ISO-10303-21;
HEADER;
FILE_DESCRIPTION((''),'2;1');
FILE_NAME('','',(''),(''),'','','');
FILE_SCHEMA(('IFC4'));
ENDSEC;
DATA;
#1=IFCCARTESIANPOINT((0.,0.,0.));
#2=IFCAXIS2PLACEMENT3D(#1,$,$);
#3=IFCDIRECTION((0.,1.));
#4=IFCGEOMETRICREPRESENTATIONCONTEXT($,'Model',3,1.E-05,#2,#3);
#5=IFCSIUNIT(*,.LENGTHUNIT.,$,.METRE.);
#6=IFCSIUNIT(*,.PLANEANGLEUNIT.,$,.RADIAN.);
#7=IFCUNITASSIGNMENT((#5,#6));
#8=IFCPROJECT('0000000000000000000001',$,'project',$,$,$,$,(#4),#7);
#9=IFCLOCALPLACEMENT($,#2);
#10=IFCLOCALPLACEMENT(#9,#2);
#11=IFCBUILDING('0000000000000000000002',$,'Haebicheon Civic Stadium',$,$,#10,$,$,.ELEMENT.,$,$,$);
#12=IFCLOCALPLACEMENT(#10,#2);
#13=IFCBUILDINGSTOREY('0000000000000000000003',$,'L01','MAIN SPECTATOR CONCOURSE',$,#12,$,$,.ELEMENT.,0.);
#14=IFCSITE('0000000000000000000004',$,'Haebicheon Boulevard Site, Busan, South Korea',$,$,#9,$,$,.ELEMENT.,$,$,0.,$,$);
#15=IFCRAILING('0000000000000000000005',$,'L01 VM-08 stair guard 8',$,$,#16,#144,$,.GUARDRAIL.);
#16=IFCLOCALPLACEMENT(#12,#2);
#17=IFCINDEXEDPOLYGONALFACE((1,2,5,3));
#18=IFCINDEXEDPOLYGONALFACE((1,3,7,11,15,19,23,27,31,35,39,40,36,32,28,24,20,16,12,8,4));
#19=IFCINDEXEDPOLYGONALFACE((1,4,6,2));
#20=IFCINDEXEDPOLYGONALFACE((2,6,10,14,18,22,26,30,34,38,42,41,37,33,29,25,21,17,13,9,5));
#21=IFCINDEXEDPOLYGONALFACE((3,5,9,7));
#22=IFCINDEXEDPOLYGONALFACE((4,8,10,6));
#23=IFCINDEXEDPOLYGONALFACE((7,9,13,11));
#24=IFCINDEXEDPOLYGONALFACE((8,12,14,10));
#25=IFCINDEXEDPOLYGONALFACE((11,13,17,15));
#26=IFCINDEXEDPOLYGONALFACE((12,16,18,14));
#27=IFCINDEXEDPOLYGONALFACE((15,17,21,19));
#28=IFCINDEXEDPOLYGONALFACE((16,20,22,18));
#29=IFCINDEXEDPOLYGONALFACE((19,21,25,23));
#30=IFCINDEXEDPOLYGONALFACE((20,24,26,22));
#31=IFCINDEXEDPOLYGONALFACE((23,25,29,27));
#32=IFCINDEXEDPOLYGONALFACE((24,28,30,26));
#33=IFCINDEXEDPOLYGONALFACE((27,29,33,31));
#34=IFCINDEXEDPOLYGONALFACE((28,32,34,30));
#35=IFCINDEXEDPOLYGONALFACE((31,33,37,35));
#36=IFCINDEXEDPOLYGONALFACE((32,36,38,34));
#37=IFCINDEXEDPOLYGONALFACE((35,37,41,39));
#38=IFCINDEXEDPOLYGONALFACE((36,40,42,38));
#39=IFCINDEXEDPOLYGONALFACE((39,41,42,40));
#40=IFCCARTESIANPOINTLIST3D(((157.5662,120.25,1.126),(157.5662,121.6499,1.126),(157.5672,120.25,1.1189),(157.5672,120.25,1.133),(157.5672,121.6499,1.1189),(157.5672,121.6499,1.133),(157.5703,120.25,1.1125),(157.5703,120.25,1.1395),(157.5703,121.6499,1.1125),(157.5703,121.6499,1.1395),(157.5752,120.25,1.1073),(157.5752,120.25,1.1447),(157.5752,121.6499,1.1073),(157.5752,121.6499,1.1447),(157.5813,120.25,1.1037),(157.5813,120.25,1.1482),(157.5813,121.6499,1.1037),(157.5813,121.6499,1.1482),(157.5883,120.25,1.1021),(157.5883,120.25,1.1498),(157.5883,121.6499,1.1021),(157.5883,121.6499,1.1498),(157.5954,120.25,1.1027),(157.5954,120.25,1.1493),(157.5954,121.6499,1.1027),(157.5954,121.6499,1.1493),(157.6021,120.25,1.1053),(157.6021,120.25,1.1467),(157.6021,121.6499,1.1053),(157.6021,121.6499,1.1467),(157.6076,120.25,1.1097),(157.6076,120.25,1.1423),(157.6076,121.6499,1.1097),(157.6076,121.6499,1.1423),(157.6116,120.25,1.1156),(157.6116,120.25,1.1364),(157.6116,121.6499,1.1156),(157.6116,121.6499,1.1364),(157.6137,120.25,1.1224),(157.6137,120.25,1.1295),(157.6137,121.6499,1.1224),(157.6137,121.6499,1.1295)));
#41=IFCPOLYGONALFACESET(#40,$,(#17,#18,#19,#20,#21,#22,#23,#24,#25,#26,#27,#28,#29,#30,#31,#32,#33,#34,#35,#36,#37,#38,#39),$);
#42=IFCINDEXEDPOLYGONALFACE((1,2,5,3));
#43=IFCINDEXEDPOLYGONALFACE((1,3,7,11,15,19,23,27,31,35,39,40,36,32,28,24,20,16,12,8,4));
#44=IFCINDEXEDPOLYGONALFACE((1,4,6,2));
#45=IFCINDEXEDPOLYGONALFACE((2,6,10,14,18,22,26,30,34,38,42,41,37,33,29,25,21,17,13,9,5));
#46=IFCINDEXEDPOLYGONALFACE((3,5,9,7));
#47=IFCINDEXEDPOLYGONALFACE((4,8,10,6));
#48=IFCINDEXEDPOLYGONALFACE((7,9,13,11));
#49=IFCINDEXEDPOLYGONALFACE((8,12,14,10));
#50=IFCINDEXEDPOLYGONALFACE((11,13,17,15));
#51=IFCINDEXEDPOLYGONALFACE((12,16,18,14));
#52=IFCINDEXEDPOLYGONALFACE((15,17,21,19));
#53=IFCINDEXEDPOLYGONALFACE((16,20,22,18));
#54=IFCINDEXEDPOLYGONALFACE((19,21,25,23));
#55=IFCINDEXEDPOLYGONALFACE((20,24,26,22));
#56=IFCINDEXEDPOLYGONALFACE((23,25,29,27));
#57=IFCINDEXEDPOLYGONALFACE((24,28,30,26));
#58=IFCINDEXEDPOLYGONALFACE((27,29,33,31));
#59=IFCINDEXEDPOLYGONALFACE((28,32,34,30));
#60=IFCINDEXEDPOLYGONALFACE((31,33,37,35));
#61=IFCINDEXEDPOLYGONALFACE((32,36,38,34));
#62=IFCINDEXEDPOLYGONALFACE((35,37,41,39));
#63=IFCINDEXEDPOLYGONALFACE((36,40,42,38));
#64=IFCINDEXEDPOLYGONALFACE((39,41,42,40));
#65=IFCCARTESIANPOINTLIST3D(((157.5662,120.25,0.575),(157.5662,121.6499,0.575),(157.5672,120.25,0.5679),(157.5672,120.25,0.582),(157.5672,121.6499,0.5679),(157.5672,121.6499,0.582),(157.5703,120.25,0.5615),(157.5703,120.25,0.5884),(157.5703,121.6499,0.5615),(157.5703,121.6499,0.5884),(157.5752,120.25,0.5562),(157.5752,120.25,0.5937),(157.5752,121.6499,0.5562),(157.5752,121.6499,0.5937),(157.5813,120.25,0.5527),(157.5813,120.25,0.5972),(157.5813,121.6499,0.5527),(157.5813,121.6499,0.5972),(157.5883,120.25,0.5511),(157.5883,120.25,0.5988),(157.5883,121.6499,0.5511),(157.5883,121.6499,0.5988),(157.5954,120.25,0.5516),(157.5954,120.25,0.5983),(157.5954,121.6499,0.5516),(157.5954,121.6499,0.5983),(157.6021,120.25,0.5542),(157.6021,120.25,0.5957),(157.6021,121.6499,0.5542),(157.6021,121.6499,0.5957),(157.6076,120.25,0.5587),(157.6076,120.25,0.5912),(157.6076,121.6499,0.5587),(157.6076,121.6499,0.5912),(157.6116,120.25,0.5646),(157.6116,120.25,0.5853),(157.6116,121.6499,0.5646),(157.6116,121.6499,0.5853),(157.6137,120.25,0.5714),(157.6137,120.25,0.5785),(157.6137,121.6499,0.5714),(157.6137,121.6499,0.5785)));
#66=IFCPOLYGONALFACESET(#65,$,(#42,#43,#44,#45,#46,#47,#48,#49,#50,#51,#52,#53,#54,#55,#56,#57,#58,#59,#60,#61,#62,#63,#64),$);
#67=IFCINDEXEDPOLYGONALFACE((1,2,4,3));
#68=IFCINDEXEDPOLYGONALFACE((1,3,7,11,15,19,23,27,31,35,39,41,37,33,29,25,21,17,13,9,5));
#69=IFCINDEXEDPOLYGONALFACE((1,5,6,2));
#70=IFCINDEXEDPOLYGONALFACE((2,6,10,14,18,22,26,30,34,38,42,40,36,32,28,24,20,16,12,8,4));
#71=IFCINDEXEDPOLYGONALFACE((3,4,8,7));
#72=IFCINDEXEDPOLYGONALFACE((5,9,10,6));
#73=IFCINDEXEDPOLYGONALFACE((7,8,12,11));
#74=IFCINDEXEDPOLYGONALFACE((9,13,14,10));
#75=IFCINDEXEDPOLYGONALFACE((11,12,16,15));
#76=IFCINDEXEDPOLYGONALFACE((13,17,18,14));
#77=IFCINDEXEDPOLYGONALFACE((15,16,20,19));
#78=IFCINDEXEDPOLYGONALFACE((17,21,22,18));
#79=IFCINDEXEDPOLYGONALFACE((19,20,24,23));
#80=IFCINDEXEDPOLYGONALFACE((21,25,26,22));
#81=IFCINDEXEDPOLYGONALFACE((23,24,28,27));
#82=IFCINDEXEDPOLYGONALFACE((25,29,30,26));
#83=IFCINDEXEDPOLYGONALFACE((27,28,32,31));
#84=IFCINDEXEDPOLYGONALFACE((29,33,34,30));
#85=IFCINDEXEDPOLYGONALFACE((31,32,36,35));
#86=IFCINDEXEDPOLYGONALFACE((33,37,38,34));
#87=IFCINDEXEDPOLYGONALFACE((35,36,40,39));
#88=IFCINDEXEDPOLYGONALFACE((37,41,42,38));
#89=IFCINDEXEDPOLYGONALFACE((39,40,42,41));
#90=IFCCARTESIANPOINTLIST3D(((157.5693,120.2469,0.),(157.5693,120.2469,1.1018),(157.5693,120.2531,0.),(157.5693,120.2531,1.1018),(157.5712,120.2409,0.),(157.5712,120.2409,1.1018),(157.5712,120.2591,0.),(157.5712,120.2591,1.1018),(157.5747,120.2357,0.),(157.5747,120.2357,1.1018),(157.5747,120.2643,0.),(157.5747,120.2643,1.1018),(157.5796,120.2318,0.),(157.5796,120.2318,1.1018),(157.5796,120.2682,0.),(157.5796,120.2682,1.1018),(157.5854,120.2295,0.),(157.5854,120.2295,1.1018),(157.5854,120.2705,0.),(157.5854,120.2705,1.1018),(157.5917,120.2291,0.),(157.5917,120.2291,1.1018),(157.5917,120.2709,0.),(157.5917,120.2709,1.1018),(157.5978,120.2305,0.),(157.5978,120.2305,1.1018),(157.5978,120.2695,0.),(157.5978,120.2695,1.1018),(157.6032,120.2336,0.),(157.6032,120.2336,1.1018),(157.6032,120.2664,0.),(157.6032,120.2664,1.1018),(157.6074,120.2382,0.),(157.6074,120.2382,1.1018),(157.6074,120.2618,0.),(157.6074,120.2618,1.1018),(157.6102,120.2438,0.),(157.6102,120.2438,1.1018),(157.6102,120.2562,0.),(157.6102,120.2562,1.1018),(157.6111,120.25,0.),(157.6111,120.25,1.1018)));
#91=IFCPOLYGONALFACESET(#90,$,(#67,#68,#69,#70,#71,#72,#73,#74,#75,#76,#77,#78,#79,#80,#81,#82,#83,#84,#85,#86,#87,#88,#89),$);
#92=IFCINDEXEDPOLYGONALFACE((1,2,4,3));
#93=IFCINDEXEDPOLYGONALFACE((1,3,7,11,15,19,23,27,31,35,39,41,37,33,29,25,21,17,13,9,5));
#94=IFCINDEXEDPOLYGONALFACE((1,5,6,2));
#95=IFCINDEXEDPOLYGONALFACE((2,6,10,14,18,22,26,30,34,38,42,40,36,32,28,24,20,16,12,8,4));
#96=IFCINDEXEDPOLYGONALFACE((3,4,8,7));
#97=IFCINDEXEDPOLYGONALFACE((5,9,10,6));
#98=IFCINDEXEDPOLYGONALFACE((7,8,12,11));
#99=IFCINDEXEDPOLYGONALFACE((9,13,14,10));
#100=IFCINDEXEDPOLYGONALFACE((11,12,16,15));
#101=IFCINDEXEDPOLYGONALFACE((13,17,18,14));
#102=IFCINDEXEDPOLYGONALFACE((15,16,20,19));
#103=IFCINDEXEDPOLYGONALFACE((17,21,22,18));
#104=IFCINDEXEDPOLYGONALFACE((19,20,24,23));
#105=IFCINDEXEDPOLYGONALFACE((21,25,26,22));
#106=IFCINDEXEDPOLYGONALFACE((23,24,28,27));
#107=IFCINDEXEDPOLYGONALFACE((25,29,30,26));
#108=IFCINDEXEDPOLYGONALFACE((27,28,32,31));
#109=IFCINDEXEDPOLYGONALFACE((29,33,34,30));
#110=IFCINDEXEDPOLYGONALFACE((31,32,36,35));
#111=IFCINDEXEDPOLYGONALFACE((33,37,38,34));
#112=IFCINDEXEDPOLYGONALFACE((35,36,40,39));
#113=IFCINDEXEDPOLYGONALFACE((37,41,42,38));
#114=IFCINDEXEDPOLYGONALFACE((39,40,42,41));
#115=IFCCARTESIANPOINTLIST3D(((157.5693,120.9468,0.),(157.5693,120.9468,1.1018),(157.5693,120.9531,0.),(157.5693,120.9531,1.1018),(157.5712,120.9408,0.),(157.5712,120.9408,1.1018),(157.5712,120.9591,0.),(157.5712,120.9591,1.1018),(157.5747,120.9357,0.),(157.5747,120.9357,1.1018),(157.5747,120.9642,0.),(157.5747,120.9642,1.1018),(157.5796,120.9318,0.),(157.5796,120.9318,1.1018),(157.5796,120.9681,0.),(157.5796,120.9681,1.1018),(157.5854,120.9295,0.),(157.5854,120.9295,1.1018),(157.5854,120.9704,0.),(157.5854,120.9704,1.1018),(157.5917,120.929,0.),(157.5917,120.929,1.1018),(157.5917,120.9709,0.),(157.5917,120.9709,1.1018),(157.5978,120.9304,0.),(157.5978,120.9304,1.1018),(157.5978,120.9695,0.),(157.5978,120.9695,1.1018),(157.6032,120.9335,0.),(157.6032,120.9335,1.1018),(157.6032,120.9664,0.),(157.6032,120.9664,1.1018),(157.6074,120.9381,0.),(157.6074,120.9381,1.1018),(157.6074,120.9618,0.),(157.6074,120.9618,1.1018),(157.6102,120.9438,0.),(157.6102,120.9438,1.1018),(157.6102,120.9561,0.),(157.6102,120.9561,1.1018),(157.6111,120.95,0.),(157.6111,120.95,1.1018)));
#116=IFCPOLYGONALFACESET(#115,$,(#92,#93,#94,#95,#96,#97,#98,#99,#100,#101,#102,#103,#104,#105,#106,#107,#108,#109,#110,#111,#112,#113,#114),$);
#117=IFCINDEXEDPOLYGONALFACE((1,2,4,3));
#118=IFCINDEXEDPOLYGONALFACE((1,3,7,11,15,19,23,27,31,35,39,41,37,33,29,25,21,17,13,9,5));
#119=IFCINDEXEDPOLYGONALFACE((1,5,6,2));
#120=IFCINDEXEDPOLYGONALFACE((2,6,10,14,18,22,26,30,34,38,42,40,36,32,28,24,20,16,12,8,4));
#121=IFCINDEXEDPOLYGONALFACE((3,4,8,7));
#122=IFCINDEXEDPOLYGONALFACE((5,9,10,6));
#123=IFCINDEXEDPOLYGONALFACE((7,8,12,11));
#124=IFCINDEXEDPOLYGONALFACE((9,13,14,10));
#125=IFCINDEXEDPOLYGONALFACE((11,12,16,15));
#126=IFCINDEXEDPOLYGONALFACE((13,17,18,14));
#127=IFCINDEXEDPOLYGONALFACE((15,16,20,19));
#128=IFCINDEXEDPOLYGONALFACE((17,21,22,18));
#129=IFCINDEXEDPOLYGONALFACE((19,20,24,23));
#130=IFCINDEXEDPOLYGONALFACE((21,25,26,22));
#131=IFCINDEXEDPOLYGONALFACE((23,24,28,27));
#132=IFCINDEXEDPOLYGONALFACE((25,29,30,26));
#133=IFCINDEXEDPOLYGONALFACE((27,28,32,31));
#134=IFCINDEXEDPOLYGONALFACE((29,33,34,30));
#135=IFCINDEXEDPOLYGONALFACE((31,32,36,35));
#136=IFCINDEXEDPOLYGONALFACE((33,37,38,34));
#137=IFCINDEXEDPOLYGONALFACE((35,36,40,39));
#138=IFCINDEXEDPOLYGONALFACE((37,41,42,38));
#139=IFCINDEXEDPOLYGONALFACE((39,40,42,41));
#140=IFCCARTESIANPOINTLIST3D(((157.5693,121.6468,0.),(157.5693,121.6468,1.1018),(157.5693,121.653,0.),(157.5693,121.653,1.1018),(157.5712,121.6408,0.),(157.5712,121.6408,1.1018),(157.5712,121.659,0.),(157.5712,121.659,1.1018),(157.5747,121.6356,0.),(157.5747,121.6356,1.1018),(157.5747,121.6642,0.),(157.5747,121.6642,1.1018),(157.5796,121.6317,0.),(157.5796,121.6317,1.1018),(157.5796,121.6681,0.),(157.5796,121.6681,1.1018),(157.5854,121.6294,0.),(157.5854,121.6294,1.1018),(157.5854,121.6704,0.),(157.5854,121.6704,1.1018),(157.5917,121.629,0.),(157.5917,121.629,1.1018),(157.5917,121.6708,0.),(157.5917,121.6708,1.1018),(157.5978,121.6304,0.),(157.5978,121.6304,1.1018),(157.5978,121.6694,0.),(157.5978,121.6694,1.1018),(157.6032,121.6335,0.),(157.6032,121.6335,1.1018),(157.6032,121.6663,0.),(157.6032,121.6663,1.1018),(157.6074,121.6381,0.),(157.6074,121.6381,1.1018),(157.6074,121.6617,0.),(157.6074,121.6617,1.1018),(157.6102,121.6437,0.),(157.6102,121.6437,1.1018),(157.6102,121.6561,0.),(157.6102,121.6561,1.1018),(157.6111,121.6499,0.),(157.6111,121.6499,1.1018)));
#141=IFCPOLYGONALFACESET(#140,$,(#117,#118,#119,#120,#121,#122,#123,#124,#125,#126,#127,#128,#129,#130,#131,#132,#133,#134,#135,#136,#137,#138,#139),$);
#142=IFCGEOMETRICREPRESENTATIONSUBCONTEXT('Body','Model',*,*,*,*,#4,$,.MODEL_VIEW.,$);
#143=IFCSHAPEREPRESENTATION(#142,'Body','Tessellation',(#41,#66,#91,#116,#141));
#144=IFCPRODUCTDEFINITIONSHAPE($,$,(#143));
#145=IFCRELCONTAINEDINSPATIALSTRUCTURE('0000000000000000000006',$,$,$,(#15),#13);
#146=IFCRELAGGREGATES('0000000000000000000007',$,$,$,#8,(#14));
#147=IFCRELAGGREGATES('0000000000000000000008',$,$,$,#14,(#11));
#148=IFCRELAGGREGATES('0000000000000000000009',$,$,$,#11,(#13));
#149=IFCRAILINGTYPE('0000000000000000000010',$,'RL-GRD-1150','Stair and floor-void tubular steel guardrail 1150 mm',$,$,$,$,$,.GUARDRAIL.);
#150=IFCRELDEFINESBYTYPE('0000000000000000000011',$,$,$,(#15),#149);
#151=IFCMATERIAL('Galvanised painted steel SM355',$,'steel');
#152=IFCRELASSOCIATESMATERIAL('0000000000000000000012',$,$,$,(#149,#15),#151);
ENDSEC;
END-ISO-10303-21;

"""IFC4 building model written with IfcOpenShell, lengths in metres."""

from ifc_helpers import new_model, si_unit, direction, frame, origin, origin_2d, place, context, subcontext, project, spatial, circle, extrude, material, type_object, element, save


model = new_model("IFC4")

# Units and contexts
model_context = context("Model", 3, precision=1e-05, world=origin(), true_north=direction((0.0, 1.0)))
body_context = subcontext(model_context, "Body", "Model", "MODEL_VIEW")
ifc_project = project(units=[si_unit("LENGTHUNIT", "METRE"), si_unit("PLANEANGLEUNIT", "RADIAN")], contexts=[model_context])

# Site, building, storey
site_placement = place(None, origin())
site = spatial("IfcSite", under=ifc_project, at=site_placement, Name="Haebicheon Boulevard Site, Busan, South Korea", CompositionType="ELEMENT", RefElevation=0.0)
building_placement = place(site_placement, origin())
building = spatial("IfcBuilding", under=site, at=building_placement, Name="Haebicheon Civic Stadium", CompositionType="ELEMENT")
storey_placement = place(building_placement, origin())
storey = spatial("IfcBuildingStorey", under=building, at=storey_placement, Name="L01", Description="MAIN SPECTATOR CONCOURSE", CompositionType="ELEMENT", Elevation=0.0)

# Railing
ifc_material_1 = material(Name="Galvanised painted steel SM355", Category="steel")
railing_type_1 = type_object("IfcRailingType", Name="RL-GRD-1150", Description="Stair and floor-void tubular steel guardrail 1150 mm", PredefinedType="GUARDRAIL", material=ifc_material_1)
for number, where, name in (
    (1, (157.5901, 120.25, 0.0), "L01 VM-08 stair guard 8"),
):
    element("IfcRailing", number, at=place(storey_placement, frame(where)), inside=storey, type_object=railing_type_1, material=ifc_material_1, Name=name, PredefinedType="GUARDRAIL", context=body_context, shape_type="SweptSolid", body=[
        extrude(circle(Radius=0.0239, at=origin_2d()), frame((0.0, 0.0, 1.126), z_axis=(0.0, 1.0, 0.0), x_axis=(-1.0, 0.0, 0.0)), (0.0, 0.0, 1.0), 1.3999),
        extrude(circle(Radius=0.0239, at=origin_2d()), frame((0.0, 0.0, 0.575), z_axis=(0.0, 1.0, 0.0), x_axis=(-1.0, 0.0, 0.0)), (0.0, 0.0, 1.0), 1.3999),
        extrude(circle(Radius=0.021, at=origin_2d()), origin(), (0.0, 0.0, 1.0), 1.1018),
        extrude(circle(Radius=0.021, at=origin_2d()), frame((0.0, 0.7, 0.0)), (0.0, 0.0, 1.0), 1.1018),
        extrude(circle(Radius=0.021, at=origin_2d()), frame((0.0, 1.3999, 0.0)), (0.0, 0.0, 1.0), 1.1018),
    ])

save(model, "model.ifc")
